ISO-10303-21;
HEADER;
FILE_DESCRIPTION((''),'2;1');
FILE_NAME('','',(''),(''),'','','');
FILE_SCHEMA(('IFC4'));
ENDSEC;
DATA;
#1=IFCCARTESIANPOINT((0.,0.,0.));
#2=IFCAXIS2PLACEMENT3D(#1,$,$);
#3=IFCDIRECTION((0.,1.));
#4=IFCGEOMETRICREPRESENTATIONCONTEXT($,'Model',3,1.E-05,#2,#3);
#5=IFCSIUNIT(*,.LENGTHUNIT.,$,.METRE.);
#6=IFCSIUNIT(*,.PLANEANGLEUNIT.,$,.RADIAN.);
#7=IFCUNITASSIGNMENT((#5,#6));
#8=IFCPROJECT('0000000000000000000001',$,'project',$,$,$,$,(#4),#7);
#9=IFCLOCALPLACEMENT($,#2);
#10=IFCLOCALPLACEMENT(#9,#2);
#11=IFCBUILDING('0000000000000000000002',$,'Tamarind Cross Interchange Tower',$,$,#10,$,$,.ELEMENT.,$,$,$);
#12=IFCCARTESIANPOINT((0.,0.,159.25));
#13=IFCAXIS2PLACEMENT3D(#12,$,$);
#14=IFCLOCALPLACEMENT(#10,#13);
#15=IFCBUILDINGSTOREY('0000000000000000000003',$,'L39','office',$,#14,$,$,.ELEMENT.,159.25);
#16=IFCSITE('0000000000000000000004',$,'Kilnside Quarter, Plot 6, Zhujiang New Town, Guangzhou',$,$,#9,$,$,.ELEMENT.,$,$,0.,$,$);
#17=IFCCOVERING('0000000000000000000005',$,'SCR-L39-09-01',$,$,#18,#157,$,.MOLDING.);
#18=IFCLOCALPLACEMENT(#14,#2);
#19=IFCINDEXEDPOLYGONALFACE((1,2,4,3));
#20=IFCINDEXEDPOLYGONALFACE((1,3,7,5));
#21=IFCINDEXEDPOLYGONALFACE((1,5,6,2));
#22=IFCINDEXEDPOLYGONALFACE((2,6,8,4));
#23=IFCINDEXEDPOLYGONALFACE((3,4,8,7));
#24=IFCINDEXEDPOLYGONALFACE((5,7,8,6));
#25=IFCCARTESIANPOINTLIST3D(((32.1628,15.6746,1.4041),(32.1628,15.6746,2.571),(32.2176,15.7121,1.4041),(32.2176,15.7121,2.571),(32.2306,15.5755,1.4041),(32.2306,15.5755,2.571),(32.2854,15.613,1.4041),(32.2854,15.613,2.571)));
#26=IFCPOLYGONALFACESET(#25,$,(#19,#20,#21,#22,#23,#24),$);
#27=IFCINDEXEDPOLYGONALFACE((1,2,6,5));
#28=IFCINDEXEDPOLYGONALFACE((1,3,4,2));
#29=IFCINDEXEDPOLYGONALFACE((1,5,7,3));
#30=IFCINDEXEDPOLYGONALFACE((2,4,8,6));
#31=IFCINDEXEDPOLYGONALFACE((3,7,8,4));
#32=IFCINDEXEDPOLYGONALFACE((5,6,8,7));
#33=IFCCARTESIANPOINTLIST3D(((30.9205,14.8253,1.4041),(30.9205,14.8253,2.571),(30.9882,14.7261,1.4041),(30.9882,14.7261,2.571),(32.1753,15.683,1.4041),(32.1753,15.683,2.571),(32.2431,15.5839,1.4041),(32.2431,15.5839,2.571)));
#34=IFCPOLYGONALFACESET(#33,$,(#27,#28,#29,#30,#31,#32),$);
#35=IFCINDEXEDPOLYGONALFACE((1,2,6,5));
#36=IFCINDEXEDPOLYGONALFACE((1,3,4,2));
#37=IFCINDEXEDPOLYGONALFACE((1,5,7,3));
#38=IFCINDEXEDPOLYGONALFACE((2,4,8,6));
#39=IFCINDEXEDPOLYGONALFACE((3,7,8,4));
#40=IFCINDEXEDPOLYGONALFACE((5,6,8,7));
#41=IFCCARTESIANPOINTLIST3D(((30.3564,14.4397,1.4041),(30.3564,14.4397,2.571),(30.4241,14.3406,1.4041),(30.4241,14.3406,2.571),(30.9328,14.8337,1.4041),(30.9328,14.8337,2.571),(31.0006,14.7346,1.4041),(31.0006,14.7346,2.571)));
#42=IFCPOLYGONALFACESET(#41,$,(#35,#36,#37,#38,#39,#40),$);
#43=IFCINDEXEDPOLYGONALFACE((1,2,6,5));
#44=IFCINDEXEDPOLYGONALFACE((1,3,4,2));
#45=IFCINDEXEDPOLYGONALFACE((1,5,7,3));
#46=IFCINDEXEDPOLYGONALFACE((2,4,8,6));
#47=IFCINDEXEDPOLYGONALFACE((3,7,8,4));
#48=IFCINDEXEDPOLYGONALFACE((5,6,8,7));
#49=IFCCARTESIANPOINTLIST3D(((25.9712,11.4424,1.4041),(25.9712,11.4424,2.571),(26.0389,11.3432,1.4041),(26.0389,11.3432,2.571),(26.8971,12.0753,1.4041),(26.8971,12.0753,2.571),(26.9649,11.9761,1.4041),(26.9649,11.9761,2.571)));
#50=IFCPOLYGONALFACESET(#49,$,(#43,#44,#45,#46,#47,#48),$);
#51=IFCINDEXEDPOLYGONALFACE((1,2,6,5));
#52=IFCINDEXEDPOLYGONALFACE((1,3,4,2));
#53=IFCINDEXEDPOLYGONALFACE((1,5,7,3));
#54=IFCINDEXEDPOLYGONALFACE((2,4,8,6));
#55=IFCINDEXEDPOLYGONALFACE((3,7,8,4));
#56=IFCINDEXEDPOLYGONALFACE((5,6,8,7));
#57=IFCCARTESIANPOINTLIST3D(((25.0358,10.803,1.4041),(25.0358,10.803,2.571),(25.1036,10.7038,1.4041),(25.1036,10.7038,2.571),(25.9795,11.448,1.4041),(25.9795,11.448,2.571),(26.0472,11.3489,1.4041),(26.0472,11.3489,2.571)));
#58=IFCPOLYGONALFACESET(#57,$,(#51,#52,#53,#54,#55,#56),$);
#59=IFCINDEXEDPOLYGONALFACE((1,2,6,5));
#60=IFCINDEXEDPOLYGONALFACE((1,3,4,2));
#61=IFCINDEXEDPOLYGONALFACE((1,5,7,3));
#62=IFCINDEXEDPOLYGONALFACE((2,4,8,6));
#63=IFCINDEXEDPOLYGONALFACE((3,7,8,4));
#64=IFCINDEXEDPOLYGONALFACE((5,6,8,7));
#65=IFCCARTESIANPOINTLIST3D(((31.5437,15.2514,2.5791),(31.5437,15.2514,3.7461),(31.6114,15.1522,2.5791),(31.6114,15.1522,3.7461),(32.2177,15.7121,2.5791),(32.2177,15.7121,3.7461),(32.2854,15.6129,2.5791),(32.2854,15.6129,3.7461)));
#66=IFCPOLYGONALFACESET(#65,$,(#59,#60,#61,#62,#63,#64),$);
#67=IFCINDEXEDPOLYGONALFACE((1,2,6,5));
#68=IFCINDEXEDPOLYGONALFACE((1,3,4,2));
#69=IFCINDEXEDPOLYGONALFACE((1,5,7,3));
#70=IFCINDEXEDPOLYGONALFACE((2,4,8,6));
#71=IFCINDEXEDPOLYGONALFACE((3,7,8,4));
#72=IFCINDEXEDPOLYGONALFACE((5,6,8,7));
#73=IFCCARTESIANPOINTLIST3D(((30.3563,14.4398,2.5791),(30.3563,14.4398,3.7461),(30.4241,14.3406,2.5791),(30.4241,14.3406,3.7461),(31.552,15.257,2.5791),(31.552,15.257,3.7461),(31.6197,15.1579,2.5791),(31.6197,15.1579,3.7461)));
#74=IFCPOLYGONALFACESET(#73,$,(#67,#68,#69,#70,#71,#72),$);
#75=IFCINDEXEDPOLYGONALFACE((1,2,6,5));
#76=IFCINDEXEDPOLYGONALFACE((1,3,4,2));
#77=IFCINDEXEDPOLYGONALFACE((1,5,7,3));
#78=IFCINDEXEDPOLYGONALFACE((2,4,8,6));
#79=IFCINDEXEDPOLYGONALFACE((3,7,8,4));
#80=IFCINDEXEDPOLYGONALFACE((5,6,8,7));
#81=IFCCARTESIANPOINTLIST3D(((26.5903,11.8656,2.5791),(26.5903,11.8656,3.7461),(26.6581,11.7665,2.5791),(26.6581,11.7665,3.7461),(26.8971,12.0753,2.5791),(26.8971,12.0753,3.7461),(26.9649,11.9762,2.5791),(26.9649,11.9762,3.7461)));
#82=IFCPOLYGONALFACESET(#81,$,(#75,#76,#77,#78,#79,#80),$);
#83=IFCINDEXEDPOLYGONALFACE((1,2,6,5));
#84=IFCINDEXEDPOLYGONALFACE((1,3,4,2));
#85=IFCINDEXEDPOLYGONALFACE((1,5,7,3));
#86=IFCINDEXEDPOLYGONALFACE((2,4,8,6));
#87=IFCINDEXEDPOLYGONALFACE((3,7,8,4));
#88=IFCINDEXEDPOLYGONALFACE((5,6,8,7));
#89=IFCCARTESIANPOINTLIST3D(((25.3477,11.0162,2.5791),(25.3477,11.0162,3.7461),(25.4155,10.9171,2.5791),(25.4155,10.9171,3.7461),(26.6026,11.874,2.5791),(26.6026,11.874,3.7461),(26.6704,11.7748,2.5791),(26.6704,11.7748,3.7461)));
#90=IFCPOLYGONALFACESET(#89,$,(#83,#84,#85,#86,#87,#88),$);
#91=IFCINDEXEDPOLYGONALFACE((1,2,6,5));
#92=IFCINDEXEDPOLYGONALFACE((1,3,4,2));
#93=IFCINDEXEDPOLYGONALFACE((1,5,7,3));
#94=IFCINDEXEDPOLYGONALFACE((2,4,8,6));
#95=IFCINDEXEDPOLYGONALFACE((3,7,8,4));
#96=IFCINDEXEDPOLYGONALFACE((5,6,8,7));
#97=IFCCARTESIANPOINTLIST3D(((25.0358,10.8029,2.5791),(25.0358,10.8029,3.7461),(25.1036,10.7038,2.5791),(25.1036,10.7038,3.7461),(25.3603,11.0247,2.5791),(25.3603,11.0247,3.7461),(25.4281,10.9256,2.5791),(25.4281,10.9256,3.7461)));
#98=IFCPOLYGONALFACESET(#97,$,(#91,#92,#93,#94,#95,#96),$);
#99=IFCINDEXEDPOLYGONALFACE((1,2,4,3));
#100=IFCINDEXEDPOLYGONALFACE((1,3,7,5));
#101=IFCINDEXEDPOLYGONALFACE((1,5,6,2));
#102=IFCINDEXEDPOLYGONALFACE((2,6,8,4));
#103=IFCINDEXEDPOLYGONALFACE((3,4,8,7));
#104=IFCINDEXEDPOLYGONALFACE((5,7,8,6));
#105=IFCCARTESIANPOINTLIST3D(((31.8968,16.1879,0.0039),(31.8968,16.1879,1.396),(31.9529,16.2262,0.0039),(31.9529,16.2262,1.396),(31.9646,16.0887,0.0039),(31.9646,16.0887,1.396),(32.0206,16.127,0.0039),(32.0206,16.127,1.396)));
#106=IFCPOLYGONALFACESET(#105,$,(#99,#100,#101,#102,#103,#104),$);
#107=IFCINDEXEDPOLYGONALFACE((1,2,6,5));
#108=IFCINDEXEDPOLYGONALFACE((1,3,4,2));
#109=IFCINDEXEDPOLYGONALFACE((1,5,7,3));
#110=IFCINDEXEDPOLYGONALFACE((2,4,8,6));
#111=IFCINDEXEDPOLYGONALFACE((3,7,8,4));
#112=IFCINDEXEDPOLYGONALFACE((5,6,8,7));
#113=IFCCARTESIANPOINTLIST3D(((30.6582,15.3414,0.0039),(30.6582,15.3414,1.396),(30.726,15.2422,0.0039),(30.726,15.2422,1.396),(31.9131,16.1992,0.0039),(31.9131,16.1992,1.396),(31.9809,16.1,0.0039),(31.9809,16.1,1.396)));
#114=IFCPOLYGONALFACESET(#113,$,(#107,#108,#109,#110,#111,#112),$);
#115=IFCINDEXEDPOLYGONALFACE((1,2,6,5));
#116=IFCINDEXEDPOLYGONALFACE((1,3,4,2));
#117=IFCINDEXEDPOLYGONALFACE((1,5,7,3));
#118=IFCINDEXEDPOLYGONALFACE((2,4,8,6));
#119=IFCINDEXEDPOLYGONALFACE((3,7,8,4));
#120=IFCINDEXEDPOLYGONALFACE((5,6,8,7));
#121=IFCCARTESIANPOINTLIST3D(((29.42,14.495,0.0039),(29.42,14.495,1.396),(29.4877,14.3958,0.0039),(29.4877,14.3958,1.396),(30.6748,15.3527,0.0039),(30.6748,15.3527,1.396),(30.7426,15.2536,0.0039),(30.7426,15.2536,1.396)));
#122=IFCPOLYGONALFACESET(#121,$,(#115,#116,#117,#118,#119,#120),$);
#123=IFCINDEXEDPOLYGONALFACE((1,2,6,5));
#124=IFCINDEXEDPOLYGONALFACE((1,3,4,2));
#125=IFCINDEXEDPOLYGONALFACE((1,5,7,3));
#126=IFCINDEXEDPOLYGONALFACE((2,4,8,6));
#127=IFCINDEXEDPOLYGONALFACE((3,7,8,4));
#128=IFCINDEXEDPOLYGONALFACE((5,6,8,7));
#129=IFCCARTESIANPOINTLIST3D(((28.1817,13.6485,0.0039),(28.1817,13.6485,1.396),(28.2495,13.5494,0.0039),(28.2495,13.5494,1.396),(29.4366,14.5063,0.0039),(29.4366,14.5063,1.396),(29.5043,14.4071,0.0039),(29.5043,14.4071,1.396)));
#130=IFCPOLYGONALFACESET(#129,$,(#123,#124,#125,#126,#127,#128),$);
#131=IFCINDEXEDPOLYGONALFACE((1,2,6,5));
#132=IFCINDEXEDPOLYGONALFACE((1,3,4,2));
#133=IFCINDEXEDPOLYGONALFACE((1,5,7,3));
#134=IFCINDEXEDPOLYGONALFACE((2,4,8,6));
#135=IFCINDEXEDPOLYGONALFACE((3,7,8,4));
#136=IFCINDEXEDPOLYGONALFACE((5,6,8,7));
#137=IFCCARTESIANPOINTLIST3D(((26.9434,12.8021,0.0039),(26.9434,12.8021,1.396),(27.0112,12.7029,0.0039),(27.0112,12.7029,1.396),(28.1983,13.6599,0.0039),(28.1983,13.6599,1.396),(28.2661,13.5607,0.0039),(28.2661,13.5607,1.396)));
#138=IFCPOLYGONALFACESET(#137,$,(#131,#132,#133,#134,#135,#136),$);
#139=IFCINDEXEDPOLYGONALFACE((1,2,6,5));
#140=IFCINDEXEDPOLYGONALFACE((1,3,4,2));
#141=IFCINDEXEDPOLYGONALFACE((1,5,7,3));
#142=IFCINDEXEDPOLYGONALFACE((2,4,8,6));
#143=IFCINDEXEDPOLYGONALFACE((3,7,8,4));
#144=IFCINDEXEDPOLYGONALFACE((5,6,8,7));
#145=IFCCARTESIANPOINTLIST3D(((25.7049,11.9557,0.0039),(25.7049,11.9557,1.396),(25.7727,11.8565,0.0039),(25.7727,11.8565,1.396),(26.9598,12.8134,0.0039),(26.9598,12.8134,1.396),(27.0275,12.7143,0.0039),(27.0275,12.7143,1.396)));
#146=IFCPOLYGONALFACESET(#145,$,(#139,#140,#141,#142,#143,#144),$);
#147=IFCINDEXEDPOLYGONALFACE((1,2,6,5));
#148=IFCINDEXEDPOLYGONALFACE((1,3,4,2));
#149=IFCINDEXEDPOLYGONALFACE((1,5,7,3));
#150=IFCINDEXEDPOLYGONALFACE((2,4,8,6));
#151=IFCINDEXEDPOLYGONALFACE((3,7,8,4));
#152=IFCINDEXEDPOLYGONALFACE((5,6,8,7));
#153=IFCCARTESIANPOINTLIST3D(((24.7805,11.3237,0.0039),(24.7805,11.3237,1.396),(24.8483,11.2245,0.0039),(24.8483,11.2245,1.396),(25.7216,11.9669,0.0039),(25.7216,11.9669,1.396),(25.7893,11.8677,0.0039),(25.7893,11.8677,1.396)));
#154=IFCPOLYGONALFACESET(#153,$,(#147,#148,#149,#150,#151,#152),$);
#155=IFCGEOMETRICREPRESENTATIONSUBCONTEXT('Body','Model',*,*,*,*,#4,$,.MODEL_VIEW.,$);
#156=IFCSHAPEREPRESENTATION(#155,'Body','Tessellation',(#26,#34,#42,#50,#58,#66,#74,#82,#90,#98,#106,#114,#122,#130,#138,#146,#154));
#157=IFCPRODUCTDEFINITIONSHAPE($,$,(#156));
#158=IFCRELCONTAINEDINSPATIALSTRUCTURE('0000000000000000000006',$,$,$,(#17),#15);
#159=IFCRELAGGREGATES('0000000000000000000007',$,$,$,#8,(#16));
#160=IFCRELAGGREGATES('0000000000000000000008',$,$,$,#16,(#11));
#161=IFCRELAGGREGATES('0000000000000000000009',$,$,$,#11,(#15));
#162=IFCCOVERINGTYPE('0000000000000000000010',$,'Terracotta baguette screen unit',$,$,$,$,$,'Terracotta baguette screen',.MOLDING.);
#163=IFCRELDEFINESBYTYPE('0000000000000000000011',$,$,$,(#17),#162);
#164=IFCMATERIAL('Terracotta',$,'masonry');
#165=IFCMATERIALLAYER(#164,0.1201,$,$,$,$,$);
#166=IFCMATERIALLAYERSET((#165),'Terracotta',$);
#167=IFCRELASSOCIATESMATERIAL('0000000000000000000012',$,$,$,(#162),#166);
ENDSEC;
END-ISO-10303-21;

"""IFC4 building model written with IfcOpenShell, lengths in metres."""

from ifc_helpers import new_model, si_unit, direction, frame, origin, origin_2d, place, context, subcontext, project, spatial, rectangle, extrude, material, layer, layer_set, type_object, element, save


model = new_model("IFC4")

# Units and contexts
model_context = context("Model", 3, precision=1e-05, world=origin(), true_north=direction((0.0, 1.0)))
body_context = subcontext(model_context, "Body", "Model", "MODEL_VIEW")
ifc_project = project(units=[si_unit("LENGTHUNIT", "METRE"), si_unit("PLANEANGLEUNIT", "RADIAN")], contexts=[model_context])

# Site, building, storey
site_placement = place(None, origin())
site = spatial("IfcSite", under=ifc_project, at=site_placement, Name="Kilnside Quarter, Plot 6, Zhujiang New Town, Guangzhou", CompositionType="ELEMENT", RefElevation=0.0)
building_placement = place(site_placement, origin())
building = spatial("IfcBuilding", under=site, at=building_placement, Name="Tamarind Cross Interchange Tower", CompositionType="ELEMENT")
storey_placement = place(building_placement, frame((0.0, 0.0, 159.25)))
storey = spatial("IfcBuildingStorey", under=building, at=storey_placement, Name="L39", Description="office", CompositionType="ELEMENT", Elevation=159.25)

# Covering
ifc_material_1 = material(Name="Terracotta", Category="masonry")
ifc_layer_1 = layer(ifc_material_1, 0.1201)
ifc_layer_set_1 = layer_set([ifc_layer_1], Name="Terracotta")
covering_type = type_object("IfcCoveringType", Name="Terracotta baguette screen unit", ElementType="Terracotta baguette screen", PredefinedType="MOLDING", material=ifc_layer_set_1)
covering_1_placement = place(storey_placement, origin())
element("IfcCovering", 1, at=covering_1_placement, inside=storey, type_object=covering_type, Name="SCR-L39-09-01", PredefinedType="MOLDING", context=body_context, shape_type="SweptSolid", body=[
    extrude(rectangle(XDim=0.0664, YDim=0.1201, at=origin_2d()), frame((32.2241, 15.6438, 1.4041), z_axis=(0.0, 0.0, 1.0), x_axis=(-0.825569, -0.564301, 0.0)), (0.0, 0.0, 1.0), 1.167),
    extrude(rectangle(XDim=1.52, YDim=0.1201, at=origin_2d()), frame((31.5818, 15.2046, 1.4041), z_axis=(0.0, 0.0, 1.0), x_axis=(-0.825569, -0.564301, 0.0)), (0.0, 0.0, 1.0), 1.167),
    extrude(rectangle(XDim=0.6982, YDim=0.1201, at=origin_2d()), frame((30.6785, 14.5872, 1.4041), z_axis=(0.0, 0.0, 1.0), x_axis=(-0.825569, -0.564301, 0.0)), (0.0, 0.0, 1.0), 1.167),
    extrude(rectangle(XDim=1.1216, YDim=0.1201, at=origin_2d()), frame((26.468, 11.7092, 1.4041), z_axis=(0.0, 0.0, 1.0), x_axis=(-0.825569, -0.564301, 0.0)), (0.0, 0.0, 1.0), 1.167),
    extrude(rectangle(XDim=1.1431, YDim=0.1201, at=origin_2d()), frame((25.5415, 11.0759, 1.4041), z_axis=(0.0, 0.0, 1.0), x_axis=(-0.825569, -0.564301, 0.0)), (0.0, 0.0, 1.0), 1.167),
    extrude(rectangle(XDim=0.8164, YDim=0.1201, at=origin_2d()), frame((31.9146, 15.4321, 2.5791), z_axis=(0.0, 0.0, 1.0), x_axis=(-0.825569, -0.564301, 0.0)), (0.0, 0.0, 1.0), 1.167),
    extrude(rectangle(XDim=1.4482, YDim=0.1201, at=origin_2d()), frame((30.988, 14.7988, 2.5791), z_axis=(0.0, 0.0, 1.0), x_axis=(-0.825569, -0.564301, 0.0)), (0.0, 0.0, 1.0), 1.167),
    extrude(rectangle(XDim=0.3716, YDim=0.1201, at=origin_2d()), frame((26.7776, 11.9209, 2.5791), z_axis=(0.0, 0.0, 1.0), x_axis=(-0.825569, -0.564301, 0.0)), (0.0, 0.0, 1.0), 1.167),
    extrude(rectangle(XDim=1.52, YDim=0.1201, at=origin_2d()), frame((26.009, 11.3955, 2.5791), z_axis=(0.0, 0.0, 1.0), x_axis=(-0.825569, -0.564301, 0.0)), (0.0, 0.0, 1.0), 1.167),
    extrude(rectangle(XDim=0.3931, YDim=0.1201, at=origin_2d()), frame((25.2319, 10.8643, 2.5791), z_axis=(0.0, 0.0, 1.0), x_axis=(-0.825569, -0.564301, 0.0)), (0.0, 0.0, 1.0), 1.167),
    extrude(rectangle(XDim=0.0679, YDim=0.1201, at=origin_2d()), frame((31.9587, 16.1575, 0.0039), z_axis=(0.0, 0.0, 1.0), x_axis=(-0.825569, -0.564301, 0.0)), (0.0, 0.0, 1.0), 1.3921),
    extrude(rectangle(XDim=1.52, YDim=0.1201, at=origin_2d()), frame((31.3196, 15.7207, 0.0039), z_axis=(0.0, 0.0, 1.0), x_axis=(-0.825569, -0.564301, 0.0)), (0.0, 0.0, 1.0), 1.3921),
    extrude(rectangle(XDim=1.52, YDim=0.1201, at=origin_2d()), frame((30.0813, 14.8743, 0.0039), z_axis=(0.0, 0.0, 1.0), x_axis=(-0.825569, -0.564301, 0.0)), (0.0, 0.0, 1.0), 1.3921),
    extrude(rectangle(XDim=1.52, YDim=0.1201, at=origin_2d()), frame((28.843, 14.0278, 0.0039), z_axis=(0.0, 0.0, 1.0), x_axis=(-0.825569, -0.564301, 0.0)), (0.0, 0.0, 1.0), 1.3921),
    extrude(rectangle(XDim=1.52, YDim=0.1201, at=origin_2d()), frame((27.6047, 13.1814, 0.0039), z_axis=(0.0, 0.0, 1.0), x_axis=(-0.825569, -0.564301, 0.0)), (0.0, 0.0, 1.0), 1.3921),
    extrude(rectangle(XDim=1.52, YDim=0.1201, at=origin_2d()), frame((26.3662, 12.335, 0.0039), z_axis=(0.0, 0.0, 1.0), x_axis=(-0.825569, -0.564301, 0.0)), (0.0, 0.0, 1.0), 1.3921),
    extrude(rectangle(XDim=1.1399, YDim=0.1201, at=origin_2d()), frame((25.2849, 11.5957, 0.0039), z_axis=(0.0, 0.0, 1.0), x_axis=(-0.825569, -0.564301, 0.0)), (0.0, 0.0, 1.0), 1.3921),
])

save(model, "model.ifc")
